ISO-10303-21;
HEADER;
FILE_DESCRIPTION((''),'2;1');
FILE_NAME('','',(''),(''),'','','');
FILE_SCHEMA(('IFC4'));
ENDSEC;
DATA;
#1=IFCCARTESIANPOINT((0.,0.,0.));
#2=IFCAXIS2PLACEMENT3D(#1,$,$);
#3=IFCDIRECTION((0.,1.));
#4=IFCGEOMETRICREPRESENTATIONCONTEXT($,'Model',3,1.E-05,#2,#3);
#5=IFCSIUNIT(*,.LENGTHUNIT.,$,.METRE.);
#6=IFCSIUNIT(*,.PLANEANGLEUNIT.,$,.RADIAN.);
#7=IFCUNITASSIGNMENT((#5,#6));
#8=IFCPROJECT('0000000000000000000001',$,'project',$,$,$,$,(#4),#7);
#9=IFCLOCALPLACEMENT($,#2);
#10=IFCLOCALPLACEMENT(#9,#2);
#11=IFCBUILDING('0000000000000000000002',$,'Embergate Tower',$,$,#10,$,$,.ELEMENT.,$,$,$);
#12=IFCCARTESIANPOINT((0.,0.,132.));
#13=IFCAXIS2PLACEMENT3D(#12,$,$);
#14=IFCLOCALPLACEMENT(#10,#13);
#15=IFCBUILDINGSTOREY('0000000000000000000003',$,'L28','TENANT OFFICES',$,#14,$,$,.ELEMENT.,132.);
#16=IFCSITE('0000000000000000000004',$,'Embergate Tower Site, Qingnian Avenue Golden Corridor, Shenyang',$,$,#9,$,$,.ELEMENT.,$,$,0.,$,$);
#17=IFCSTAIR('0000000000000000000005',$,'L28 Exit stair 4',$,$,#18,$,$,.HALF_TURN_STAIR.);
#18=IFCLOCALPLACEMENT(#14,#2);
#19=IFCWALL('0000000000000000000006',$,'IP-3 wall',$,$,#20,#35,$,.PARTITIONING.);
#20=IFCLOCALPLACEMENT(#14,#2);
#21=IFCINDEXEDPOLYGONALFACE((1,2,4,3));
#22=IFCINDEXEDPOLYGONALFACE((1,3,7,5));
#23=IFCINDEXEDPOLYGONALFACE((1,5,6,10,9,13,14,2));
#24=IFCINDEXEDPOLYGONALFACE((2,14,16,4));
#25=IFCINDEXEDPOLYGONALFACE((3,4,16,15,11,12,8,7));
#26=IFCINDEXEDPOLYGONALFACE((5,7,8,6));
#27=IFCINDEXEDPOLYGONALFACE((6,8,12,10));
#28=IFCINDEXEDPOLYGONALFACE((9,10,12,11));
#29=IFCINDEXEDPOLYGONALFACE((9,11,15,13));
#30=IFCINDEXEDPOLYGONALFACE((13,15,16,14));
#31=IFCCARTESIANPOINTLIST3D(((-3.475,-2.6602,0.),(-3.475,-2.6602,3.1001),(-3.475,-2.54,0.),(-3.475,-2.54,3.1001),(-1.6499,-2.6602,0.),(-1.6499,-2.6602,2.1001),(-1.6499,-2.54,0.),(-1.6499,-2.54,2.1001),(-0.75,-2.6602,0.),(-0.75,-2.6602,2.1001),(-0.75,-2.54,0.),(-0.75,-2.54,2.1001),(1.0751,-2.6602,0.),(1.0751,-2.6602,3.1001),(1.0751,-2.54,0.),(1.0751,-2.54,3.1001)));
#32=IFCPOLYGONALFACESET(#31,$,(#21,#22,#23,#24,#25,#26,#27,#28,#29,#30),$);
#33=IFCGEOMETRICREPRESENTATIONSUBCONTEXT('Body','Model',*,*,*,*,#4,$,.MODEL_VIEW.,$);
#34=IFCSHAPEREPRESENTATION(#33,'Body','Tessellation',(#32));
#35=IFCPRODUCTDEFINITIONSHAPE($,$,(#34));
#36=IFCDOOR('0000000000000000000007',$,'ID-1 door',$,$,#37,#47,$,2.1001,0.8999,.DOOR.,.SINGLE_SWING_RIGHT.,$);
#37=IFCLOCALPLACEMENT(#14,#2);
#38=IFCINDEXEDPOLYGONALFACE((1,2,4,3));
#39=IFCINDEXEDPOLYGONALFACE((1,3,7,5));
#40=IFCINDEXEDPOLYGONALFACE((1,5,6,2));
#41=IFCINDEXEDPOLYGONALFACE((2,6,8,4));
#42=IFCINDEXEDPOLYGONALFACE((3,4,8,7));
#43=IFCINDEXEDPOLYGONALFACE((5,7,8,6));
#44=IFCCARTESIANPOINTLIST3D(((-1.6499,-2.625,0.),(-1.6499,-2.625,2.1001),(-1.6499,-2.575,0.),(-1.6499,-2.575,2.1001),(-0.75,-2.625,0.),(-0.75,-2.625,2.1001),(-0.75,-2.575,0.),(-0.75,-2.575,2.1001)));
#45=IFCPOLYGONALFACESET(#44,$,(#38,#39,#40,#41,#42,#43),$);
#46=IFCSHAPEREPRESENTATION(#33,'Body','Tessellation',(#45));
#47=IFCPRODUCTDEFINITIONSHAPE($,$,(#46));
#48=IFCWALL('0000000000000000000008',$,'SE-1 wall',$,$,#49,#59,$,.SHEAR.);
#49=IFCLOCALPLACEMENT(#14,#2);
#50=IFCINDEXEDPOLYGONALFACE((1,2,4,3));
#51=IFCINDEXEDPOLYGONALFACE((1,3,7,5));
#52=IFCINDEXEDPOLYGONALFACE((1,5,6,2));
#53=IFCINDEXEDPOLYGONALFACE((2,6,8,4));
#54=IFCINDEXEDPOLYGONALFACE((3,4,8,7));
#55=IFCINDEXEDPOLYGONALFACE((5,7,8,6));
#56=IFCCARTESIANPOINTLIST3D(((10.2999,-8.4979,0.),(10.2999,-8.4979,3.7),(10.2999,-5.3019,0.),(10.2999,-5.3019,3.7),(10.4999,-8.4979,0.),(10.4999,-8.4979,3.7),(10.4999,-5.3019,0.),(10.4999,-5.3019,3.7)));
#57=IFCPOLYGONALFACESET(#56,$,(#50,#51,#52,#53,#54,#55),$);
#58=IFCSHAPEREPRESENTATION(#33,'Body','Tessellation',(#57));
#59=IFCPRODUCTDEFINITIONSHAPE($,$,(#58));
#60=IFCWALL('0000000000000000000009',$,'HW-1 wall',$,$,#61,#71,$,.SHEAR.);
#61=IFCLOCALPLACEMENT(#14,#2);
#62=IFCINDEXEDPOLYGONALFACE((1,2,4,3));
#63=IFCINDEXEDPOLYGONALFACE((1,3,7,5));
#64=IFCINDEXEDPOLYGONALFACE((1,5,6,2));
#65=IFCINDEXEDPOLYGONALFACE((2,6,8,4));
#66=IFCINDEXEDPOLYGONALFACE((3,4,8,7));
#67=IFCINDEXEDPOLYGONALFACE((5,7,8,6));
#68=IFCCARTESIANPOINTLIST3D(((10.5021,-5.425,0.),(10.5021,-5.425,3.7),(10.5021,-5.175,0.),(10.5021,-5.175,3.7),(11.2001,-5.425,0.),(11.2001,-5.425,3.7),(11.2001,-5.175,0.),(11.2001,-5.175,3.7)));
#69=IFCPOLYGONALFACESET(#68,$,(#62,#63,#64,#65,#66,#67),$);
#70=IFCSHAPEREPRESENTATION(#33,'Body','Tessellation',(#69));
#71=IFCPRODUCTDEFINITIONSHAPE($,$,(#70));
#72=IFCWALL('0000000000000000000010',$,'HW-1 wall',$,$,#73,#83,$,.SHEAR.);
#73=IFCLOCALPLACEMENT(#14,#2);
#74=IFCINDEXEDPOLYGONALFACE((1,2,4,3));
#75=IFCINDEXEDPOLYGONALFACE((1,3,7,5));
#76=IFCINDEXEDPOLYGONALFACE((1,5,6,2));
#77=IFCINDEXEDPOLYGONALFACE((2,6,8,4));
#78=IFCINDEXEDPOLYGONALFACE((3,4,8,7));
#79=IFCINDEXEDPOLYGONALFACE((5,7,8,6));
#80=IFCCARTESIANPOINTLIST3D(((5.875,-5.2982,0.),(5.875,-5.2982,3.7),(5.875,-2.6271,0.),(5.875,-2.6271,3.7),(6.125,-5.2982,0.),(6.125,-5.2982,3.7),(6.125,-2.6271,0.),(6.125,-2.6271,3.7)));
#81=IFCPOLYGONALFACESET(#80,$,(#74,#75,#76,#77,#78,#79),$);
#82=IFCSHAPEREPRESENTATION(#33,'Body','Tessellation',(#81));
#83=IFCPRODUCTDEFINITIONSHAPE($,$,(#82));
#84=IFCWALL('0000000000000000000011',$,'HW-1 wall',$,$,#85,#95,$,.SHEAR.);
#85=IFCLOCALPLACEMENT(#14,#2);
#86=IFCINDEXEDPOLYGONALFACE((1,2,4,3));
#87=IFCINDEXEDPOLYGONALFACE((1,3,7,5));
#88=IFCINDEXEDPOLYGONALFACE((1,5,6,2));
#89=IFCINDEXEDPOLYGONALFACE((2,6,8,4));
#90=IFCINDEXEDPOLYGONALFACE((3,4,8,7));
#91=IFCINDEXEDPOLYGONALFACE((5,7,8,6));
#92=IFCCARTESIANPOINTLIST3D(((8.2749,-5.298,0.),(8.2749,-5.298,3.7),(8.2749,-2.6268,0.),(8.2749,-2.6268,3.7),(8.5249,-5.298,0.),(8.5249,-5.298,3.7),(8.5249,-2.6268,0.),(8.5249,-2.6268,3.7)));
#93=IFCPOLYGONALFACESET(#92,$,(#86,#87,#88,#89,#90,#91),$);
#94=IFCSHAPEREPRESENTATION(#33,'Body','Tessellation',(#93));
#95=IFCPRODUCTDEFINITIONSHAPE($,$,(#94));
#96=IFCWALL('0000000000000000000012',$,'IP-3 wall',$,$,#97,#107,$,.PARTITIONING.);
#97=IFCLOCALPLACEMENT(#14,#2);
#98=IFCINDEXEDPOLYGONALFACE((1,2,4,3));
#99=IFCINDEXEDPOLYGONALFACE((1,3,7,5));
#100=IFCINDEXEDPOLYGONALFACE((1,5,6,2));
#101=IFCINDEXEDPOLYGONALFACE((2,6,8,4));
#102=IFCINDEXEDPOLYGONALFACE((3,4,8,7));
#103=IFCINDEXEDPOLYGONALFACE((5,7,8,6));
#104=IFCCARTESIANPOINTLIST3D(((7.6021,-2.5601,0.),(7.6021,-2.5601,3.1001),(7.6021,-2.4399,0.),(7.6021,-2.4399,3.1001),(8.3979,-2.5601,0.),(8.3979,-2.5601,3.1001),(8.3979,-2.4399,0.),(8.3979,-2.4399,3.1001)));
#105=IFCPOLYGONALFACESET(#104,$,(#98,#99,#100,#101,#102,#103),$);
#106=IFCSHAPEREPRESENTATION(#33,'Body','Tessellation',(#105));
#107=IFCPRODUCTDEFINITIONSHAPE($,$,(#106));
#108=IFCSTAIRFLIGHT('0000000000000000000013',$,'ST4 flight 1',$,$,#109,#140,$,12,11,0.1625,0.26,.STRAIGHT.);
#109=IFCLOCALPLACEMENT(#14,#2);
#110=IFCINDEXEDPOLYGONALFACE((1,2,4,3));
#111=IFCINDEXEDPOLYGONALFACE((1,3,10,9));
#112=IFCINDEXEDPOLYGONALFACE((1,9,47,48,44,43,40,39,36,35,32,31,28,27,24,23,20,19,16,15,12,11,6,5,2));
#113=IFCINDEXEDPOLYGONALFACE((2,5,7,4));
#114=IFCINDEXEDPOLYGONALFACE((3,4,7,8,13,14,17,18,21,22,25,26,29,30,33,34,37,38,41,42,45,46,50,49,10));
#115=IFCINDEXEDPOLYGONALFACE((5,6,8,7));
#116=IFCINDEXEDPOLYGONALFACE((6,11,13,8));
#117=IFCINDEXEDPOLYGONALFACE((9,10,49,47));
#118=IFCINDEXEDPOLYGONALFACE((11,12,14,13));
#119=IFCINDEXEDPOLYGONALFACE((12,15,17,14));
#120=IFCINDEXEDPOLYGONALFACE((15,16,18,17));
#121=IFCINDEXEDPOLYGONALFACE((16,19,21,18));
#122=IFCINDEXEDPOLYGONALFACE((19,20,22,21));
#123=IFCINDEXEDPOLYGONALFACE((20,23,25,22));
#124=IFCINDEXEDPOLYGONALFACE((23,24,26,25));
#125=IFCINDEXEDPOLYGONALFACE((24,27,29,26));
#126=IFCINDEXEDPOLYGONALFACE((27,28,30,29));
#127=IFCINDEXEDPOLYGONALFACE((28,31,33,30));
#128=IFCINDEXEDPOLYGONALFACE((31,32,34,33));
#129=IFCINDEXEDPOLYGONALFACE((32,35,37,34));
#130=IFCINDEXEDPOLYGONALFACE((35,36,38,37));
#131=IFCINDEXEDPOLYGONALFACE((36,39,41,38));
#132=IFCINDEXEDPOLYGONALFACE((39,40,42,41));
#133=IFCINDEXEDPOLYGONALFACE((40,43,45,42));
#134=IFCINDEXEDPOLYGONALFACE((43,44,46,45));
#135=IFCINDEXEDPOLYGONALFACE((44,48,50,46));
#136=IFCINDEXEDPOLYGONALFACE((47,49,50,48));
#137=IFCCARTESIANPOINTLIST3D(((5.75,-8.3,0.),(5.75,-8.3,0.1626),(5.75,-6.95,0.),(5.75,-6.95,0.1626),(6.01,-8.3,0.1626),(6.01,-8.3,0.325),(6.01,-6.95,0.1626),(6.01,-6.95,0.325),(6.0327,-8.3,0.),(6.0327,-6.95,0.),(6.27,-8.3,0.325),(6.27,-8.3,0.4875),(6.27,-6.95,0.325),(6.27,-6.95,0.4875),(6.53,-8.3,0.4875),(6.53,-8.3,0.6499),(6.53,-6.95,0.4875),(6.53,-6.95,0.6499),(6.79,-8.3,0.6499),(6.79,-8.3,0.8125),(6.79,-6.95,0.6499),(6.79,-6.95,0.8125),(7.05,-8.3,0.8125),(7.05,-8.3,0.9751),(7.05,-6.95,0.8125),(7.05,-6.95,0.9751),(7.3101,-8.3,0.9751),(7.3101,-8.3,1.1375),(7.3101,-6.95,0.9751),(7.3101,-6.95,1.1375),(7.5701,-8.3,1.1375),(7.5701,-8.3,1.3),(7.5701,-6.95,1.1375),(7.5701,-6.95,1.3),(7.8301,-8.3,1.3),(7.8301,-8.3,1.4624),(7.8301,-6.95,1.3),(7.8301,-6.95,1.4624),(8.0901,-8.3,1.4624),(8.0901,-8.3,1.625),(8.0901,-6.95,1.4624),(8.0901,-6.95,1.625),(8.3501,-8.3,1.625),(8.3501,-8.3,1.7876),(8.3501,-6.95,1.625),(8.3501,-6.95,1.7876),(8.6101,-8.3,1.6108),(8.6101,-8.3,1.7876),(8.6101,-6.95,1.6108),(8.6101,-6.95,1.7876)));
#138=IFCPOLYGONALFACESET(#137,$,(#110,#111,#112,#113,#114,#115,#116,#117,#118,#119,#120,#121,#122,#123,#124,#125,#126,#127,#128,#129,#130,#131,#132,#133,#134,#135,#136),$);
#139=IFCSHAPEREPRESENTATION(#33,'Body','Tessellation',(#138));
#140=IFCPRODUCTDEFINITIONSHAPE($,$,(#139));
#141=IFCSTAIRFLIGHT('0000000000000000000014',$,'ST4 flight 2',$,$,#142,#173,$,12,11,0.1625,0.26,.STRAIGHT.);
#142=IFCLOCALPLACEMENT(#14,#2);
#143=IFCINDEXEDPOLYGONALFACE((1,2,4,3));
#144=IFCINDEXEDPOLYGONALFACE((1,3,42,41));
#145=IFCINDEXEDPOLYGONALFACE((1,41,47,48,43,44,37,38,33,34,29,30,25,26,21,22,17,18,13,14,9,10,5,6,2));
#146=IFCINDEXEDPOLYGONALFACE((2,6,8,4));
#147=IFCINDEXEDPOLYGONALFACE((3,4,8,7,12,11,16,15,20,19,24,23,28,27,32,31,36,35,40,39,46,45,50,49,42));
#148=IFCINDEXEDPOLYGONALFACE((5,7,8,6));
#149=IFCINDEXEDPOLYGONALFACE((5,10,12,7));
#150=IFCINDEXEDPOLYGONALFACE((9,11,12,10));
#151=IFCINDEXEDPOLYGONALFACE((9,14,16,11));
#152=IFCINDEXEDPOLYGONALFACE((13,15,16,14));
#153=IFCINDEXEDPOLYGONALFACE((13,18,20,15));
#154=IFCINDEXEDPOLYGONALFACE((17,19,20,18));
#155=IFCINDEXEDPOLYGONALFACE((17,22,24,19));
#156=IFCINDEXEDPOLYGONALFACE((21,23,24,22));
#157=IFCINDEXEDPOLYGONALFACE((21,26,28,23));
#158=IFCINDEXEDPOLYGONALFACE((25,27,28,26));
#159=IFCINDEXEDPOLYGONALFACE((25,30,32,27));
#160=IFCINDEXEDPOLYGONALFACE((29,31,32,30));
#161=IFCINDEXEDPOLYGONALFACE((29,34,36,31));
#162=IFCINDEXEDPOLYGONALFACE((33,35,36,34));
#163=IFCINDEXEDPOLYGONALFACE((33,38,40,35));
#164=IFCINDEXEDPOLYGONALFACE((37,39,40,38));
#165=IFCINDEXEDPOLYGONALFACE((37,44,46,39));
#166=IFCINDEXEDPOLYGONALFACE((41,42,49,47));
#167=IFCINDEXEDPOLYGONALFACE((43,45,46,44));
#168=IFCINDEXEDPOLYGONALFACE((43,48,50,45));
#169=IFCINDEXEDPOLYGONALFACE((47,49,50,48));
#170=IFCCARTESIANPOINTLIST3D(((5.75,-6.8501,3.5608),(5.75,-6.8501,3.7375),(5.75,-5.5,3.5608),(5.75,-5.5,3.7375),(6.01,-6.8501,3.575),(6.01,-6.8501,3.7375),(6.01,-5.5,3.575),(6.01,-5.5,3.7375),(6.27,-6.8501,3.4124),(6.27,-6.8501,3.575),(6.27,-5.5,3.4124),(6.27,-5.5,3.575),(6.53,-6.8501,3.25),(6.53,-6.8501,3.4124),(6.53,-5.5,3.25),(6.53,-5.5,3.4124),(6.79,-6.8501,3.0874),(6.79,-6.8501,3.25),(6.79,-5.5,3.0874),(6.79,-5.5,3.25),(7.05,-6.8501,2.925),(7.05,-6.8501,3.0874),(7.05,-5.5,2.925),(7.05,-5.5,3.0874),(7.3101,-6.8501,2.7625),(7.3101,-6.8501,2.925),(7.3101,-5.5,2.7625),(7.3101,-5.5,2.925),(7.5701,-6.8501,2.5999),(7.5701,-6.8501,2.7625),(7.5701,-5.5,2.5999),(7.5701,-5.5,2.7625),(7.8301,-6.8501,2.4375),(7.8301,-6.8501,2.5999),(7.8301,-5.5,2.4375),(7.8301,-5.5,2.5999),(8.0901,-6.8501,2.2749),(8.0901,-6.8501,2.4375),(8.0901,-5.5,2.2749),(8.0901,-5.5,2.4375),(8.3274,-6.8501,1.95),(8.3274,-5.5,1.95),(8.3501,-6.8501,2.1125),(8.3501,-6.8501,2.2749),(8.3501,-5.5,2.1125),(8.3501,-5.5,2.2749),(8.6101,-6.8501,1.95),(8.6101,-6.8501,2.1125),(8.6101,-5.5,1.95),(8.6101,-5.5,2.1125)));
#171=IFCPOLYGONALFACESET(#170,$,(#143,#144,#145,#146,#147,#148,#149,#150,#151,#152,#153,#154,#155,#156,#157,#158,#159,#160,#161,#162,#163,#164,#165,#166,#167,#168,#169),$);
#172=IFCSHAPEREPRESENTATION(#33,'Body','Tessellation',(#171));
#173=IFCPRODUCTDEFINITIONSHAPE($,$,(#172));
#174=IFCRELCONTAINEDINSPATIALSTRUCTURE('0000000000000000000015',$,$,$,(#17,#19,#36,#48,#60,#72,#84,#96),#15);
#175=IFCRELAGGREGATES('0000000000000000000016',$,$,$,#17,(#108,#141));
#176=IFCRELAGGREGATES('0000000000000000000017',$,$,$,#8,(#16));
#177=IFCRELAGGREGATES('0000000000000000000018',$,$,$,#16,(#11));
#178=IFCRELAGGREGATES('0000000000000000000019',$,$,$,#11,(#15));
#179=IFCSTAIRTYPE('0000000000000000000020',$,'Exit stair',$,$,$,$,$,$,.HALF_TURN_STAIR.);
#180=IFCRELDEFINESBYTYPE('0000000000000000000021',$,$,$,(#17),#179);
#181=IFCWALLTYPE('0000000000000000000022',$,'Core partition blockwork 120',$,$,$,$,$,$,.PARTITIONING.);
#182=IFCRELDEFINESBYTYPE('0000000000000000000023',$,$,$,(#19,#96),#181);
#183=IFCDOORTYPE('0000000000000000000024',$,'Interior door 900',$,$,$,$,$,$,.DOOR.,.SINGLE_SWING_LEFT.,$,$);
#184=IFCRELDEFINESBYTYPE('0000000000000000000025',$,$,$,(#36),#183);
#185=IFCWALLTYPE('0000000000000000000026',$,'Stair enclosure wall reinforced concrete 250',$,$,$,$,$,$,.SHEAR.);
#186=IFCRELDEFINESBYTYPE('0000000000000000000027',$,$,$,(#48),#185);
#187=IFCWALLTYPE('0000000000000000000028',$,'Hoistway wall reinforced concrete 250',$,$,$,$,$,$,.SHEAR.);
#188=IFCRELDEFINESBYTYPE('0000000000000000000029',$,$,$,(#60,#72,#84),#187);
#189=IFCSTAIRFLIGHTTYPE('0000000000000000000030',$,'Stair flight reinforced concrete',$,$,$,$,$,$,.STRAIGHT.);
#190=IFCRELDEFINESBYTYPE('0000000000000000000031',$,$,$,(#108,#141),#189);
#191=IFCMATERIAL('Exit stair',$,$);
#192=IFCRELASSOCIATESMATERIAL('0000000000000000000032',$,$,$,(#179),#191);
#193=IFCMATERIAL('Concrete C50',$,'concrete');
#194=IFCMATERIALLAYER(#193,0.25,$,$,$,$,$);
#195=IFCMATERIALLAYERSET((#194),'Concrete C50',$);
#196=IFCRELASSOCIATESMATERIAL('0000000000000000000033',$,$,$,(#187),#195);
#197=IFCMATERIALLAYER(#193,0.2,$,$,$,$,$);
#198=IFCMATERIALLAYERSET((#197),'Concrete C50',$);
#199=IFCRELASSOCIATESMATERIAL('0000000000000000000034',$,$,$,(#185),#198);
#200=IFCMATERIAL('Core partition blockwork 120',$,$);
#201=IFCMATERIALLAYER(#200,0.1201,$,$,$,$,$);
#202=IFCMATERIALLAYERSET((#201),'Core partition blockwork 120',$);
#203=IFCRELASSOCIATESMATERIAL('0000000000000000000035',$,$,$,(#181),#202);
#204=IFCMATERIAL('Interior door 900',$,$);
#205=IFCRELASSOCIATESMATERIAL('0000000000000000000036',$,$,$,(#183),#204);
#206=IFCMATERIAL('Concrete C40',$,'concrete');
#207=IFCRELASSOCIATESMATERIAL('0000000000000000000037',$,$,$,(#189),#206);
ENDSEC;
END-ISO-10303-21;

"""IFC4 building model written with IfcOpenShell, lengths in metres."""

from ifc_helpers import new_model, si_unit, direction, frame, frame_2d, origin, place, context, subcontext, project, spatial, polyline, rectangle, outline, extrude, source, transform, mapped, material, layer, layer_set, type_object, element, fill, aggregate, save


model = new_model("IFC4")

# Units and contexts
model_context = context("Model", 3, precision=1e-05, world=origin(), true_north=direction((0.0, 1.0)))
body_context = subcontext(model_context, "Body", "Model", "MODEL_VIEW")
ifc_project = project(units=[si_unit("LENGTHUNIT", "METRE"), si_unit("PLANEANGLEUNIT", "RADIAN")], contexts=[model_context])

# Site, building, storey
site_placement = place(None, origin())
site = spatial("IfcSite", under=ifc_project, at=site_placement, Name="Embergate Tower Site, Qingnian Avenue Golden Corridor, Shenyang", CompositionType="ELEMENT", RefElevation=0.0)
building_placement = place(site_placement, origin())
building = spatial("IfcBuilding", under=site, at=building_placement, Name="Embergate Tower", CompositionType="ELEMENT")
storey_placement = place(building_placement, frame((0.0, 0.0, 132.0)))
storey = spatial("IfcBuildingStorey", under=building, at=storey_placement, Name="L28", Description="TENANT OFFICES", CompositionType="ELEMENT", Elevation=132.0)

# Stair
ifc_material_1 = material(Name="Exit stair")
stair_type = type_object("IfcStairType", Name="Exit stair", PredefinedType="HALF_TURN_STAIR", material=ifc_material_1)
stair_placement = place(storey_placement, origin())
stair = element("IfcStair", 1, at=stair_placement, inside=storey, type_object=stair_type, Name="L28 Exit stair 4", PredefinedType="HALF_TURN_STAIR")
ifc_material_2 = material(Name="Concrete C40", Category="concrete")

# Shared definitions
ifc_material_3 = material(Name="Concrete C50", Category="concrete")
ifc_layer_1 = layer(ifc_material_3, 0.25)
ifc_layer_set_1 = layer_set([ifc_layer_1], Name="Concrete C50")
wall_type_1 = type_object("IfcWallType", Name="Hoistway wall reinforced concrete 250", PredefinedType="SHEAR", material=ifc_layer_set_1)
ifc_layer_2 = layer(ifc_material_3, 0.2)
ifc_layer_set_2 = layer_set([ifc_layer_2], Name="Concrete C50")
wall_type_2 = type_object("IfcWallType", Name="Stair enclosure wall reinforced concrete 250", PredefinedType="SHEAR", material=ifc_layer_set_2)

# Shared definitions
shared_shape_1 = source(origin(), body_context, "Body", "SweptSolid", [
    extrude(rectangle(XDim=0.8999, YDim=2.1001, at=frame_2d((0.45, 1.05))), frame((0.0, 0.0249, 0.0), z_axis=(0.0, -1.0, 0.0), x_axis=(1.0, 0.0, 0.0)), (0.0, 0.0, 1.0), 0.05),
])

# Shared definitions
ifc_material_4 = material(Name="Core partition blockwork 120")
ifc_layer_3 = layer(ifc_material_4, 0.1201)
ifc_layer_set_3 = layer_set([ifc_layer_3], Name="Core partition blockwork 120")
wall_type_3 = type_object("IfcWallType", Name="Core partition blockwork 120", PredefinedType="PARTITIONING", material=ifc_layer_set_3)

# Wall, opening, door
shared_shape_2 = source(origin(), body_context, "Body", "SweptSolid", [
    extrude(rectangle(XDim=4.55, YDim=0.1201, at=frame_2d((2.2749, 0.0))), origin(), (0.0, 0.0, 1.0), 3.1001),
])
wall_1_placement = place(storey_placement, frame((1.075, -2.6001, 0.0), z_axis=(0.0, 0.0, 1.0), x_axis=(-1.0, 0.0, 0.0)))
wall_1 = element("IfcWall", 2, at=wall_1_placement, inside=storey, type_object=wall_type_3, Name="IP-3 wall", PredefinedType="PARTITIONING", context=body_context, shape_type="MappedRepresentation", body=[
    mapped(shared_shape_2, transform((0.0, 0.0, 0.0))),
])
shared_shape_3 = source(origin(), body_context, "Body", "SweptSolid", [
    extrude(rectangle(XDim=0.8999, YDim=2.1001, at=frame_2d((0.45, 1.05))), frame((0.0, 0.0701, 0.0), z_axis=(0.0, -1.0, 0.0), x_axis=(1.0, 0.0, 0.0)), (0.0, 0.0, 1.0), 0.1401),
])
opening_1_placement = place(wall_1_placement, frame((1.825, 0.0, 0.0)))
opening_1 = element("IfcOpeningElement", 3, at=opening_1_placement, cuts=wall_1, PredefinedType="OPENING", context=body_context, shape_type="MappedRepresentation", body=[
    mapped(shared_shape_3, transform((0.0, 0.0, 0.0))),
])
ifc_material_5 = material(Name="Interior door 900")
door_type_1 = type_object("IfcDoorType", Name="Interior door 900", OperationType="SINGLE_SWING_LEFT", PredefinedType="DOOR", material=ifc_material_5)
door_1_placement = place(opening_1_placement, origin())
door_1 = element("IfcDoor", 4, at=door_1_placement, inside=storey, type_object=door_type_1, Name="ID-1 door", OperationType="SINGLE_SWING_RIGHT", OverallHeight=2.1001, OverallWidth=0.8999, PredefinedType="DOOR", context=body_context, shape_type="MappedRepresentation", body=[
    mapped(shared_shape_1, transform((0.0, 0.0, 0.0))),
])
fill(opening_1, door_1)

# Walls
shared_shape_4 = source(origin(), body_context, "Body", "SweptSolid", [
    extrude(rectangle(XDim=3.196, YDim=0.2, at=frame_2d((1.5981, 0.0))), origin(), (0.0, 0.0, 1.0), 3.7),
])
wall_2_placement = place(storey_placement, frame((10.3999, -8.498, 0.0), z_axis=(0.0, 0.0, 1.0), x_axis=(0.0, 1.0, 0.0)))
element("IfcWall", 5, at=wall_2_placement, inside=storey, type_object=wall_type_2, Name="SE-1 wall", PredefinedType="SHEAR", context=body_context, shape_type="MappedRepresentation", body=[
    mapped(shared_shape_4, transform((0.0, 0.0, 0.0))),
])
shared_shape_5 = source(origin(), body_context, "Body", "SweptSolid", [
    extrude(rectangle(XDim=0.698, YDim=0.25, at=frame_2d((0.3491, 0.0))), origin(), (0.0, 0.0, 1.0), 3.7),
])
wall_3_placement = place(storey_placement, frame((10.502, -5.3, 0.0), z_axis=(0.0, 0.0, 1.0), x_axis=(1.0, 0.0, 0.0)))
element("IfcWall", 6, at=wall_3_placement, inside=storey, type_object=wall_type_1, Name="HW-1 wall", PredefinedType="SHEAR", context=body_context, shape_type="MappedRepresentation", body=[
    mapped(shared_shape_5, transform((0.0, 0.0, 0.0))),
])
shared_shape_6 = source(origin(), body_context, "Body", "SweptSolid", [
    extrude(rectangle(XDim=2.6711, YDim=0.25, at=frame_2d((1.3354, 0.0))), origin(), (0.0, 0.0, 1.0), 3.7),
])
for number, where, z_axis, x_axis, name in (
    (7, (6.0, -5.2981, 0.0), (0.0, 0.0, 1.0), (0.0, 1.0, 0.0), "HW-1 wall"),
    (8, (8.3999, -2.627, 0.0), (0.0, 0.0, 1.0), (0.0, -1.0, 0.0), "HW-1 wall"),
):
    element("IfcWall", number, at=place(storey_placement, frame(where, z_axis=z_axis, x_axis=x_axis)), inside=storey, type_object=wall_type_1, Name=name, PredefinedType="SHEAR", context=body_context, shape_type="MappedRepresentation", body=[
        mapped(shared_shape_6, transform((0.0, 0.0, 0.0))),
    ])
shared_shape_7 = source(origin(), body_context, "Body", "SweptSolid", [
    extrude(rectangle(XDim=0.7959, YDim=0.1201, at=frame_2d((0.3979, 0.0))), origin(), (0.0, 0.0, 1.0), 3.1001),
])
wall_4_placement = place(storey_placement, frame((7.6021, -2.5, 0.0), z_axis=(0.0, 0.0, 1.0), x_axis=(1.0, 0.0, 0.0)))
element("IfcWall", 9, at=wall_4_placement, inside=storey, type_object=wall_type_3, Name="IP-3 wall", PredefinedType="PARTITIONING", context=body_context, shape_type="MappedRepresentation", body=[
    mapped(shared_shape_7, transform((0.0, 0.0, 0.0))),
])

# Stair flights
stair_flight_type = type_object("IfcStairFlightType", Name="Stair flight reinforced concrete", PredefinedType="STRAIGHT", material=ifc_material_2)
shared_shape_8 = source(origin(), body_context, "Body", "SweptSolid", [
    extrude(outline(polyline([(0.0, 0.0), (0.0, 0.1626), (0.26, 0.1626), (0.26, 0.325), (0.52, 0.325), (0.52, 0.4875), (0.78, 0.4875), (0.78, 0.6499), (1.04, 0.6499), (1.04, 0.8125), (1.3, 0.8125), (1.3, 0.9751), (1.5601, 0.9751), (1.5601, 1.1375), (1.8201, 1.1375), (1.8201, 1.3), (2.0801, 1.3), (2.0801, 1.4624), (2.3401, 1.4624), (2.3401, 1.625), (2.6001, 1.625), (2.6001, 1.7876), (2.8601, 1.7876), (2.8601, 1.95), (2.8601, 1.6108), (0.2827, 0.0), (0.0, 0.0)])), frame((0.0, 0.675, 0.0), z_axis=(0.0, -1.0, 0.0), x_axis=(1.0, 0.0, 0.0)), (0.0, 0.0, 1.0), 1.3501),
])
stair_flight_1_placement = place(storey_placement, frame((5.75, -7.625, 0.0), z_axis=(0.0, 0.0, 1.0), x_axis=(1.0, 0.0, 0.0)))
stair_flight_1 = element("IfcStairFlight", 10, at=stair_flight_1_placement, type_object=stair_flight_type, Name="ST4 flight 1", NumberOfRisers=12, NumberOfTreads=11, PredefinedType="STRAIGHT", RiserHeight=0.1625, TreadLength=0.26, context=body_context, shape_type="MappedRepresentation", body=[
    mapped(shared_shape_8, transform((0.0, 0.0, 0.0))),
])
stair_flight_2_placement = place(storey_placement, frame((8.6101, -6.175, 1.95), z_axis=(0.0, 0.0, 1.0), x_axis=(-1.0, 0.0, 0.0)))
stair_flight_2 = element("IfcStairFlight", 11, at=stair_flight_2_placement, type_object=stair_flight_type, Name="ST4 flight 2", NumberOfRisers=12, NumberOfTreads=11, PredefinedType="STRAIGHT", RiserHeight=0.1625, TreadLength=0.26, context=body_context, shape_type="MappedRepresentation", body=[
    mapped(shared_shape_8, transform((0.0, 0.0, 0.0))),
])
aggregate(stair, [stair_flight_1, stair_flight_2])

save(model, "model.ifc")
